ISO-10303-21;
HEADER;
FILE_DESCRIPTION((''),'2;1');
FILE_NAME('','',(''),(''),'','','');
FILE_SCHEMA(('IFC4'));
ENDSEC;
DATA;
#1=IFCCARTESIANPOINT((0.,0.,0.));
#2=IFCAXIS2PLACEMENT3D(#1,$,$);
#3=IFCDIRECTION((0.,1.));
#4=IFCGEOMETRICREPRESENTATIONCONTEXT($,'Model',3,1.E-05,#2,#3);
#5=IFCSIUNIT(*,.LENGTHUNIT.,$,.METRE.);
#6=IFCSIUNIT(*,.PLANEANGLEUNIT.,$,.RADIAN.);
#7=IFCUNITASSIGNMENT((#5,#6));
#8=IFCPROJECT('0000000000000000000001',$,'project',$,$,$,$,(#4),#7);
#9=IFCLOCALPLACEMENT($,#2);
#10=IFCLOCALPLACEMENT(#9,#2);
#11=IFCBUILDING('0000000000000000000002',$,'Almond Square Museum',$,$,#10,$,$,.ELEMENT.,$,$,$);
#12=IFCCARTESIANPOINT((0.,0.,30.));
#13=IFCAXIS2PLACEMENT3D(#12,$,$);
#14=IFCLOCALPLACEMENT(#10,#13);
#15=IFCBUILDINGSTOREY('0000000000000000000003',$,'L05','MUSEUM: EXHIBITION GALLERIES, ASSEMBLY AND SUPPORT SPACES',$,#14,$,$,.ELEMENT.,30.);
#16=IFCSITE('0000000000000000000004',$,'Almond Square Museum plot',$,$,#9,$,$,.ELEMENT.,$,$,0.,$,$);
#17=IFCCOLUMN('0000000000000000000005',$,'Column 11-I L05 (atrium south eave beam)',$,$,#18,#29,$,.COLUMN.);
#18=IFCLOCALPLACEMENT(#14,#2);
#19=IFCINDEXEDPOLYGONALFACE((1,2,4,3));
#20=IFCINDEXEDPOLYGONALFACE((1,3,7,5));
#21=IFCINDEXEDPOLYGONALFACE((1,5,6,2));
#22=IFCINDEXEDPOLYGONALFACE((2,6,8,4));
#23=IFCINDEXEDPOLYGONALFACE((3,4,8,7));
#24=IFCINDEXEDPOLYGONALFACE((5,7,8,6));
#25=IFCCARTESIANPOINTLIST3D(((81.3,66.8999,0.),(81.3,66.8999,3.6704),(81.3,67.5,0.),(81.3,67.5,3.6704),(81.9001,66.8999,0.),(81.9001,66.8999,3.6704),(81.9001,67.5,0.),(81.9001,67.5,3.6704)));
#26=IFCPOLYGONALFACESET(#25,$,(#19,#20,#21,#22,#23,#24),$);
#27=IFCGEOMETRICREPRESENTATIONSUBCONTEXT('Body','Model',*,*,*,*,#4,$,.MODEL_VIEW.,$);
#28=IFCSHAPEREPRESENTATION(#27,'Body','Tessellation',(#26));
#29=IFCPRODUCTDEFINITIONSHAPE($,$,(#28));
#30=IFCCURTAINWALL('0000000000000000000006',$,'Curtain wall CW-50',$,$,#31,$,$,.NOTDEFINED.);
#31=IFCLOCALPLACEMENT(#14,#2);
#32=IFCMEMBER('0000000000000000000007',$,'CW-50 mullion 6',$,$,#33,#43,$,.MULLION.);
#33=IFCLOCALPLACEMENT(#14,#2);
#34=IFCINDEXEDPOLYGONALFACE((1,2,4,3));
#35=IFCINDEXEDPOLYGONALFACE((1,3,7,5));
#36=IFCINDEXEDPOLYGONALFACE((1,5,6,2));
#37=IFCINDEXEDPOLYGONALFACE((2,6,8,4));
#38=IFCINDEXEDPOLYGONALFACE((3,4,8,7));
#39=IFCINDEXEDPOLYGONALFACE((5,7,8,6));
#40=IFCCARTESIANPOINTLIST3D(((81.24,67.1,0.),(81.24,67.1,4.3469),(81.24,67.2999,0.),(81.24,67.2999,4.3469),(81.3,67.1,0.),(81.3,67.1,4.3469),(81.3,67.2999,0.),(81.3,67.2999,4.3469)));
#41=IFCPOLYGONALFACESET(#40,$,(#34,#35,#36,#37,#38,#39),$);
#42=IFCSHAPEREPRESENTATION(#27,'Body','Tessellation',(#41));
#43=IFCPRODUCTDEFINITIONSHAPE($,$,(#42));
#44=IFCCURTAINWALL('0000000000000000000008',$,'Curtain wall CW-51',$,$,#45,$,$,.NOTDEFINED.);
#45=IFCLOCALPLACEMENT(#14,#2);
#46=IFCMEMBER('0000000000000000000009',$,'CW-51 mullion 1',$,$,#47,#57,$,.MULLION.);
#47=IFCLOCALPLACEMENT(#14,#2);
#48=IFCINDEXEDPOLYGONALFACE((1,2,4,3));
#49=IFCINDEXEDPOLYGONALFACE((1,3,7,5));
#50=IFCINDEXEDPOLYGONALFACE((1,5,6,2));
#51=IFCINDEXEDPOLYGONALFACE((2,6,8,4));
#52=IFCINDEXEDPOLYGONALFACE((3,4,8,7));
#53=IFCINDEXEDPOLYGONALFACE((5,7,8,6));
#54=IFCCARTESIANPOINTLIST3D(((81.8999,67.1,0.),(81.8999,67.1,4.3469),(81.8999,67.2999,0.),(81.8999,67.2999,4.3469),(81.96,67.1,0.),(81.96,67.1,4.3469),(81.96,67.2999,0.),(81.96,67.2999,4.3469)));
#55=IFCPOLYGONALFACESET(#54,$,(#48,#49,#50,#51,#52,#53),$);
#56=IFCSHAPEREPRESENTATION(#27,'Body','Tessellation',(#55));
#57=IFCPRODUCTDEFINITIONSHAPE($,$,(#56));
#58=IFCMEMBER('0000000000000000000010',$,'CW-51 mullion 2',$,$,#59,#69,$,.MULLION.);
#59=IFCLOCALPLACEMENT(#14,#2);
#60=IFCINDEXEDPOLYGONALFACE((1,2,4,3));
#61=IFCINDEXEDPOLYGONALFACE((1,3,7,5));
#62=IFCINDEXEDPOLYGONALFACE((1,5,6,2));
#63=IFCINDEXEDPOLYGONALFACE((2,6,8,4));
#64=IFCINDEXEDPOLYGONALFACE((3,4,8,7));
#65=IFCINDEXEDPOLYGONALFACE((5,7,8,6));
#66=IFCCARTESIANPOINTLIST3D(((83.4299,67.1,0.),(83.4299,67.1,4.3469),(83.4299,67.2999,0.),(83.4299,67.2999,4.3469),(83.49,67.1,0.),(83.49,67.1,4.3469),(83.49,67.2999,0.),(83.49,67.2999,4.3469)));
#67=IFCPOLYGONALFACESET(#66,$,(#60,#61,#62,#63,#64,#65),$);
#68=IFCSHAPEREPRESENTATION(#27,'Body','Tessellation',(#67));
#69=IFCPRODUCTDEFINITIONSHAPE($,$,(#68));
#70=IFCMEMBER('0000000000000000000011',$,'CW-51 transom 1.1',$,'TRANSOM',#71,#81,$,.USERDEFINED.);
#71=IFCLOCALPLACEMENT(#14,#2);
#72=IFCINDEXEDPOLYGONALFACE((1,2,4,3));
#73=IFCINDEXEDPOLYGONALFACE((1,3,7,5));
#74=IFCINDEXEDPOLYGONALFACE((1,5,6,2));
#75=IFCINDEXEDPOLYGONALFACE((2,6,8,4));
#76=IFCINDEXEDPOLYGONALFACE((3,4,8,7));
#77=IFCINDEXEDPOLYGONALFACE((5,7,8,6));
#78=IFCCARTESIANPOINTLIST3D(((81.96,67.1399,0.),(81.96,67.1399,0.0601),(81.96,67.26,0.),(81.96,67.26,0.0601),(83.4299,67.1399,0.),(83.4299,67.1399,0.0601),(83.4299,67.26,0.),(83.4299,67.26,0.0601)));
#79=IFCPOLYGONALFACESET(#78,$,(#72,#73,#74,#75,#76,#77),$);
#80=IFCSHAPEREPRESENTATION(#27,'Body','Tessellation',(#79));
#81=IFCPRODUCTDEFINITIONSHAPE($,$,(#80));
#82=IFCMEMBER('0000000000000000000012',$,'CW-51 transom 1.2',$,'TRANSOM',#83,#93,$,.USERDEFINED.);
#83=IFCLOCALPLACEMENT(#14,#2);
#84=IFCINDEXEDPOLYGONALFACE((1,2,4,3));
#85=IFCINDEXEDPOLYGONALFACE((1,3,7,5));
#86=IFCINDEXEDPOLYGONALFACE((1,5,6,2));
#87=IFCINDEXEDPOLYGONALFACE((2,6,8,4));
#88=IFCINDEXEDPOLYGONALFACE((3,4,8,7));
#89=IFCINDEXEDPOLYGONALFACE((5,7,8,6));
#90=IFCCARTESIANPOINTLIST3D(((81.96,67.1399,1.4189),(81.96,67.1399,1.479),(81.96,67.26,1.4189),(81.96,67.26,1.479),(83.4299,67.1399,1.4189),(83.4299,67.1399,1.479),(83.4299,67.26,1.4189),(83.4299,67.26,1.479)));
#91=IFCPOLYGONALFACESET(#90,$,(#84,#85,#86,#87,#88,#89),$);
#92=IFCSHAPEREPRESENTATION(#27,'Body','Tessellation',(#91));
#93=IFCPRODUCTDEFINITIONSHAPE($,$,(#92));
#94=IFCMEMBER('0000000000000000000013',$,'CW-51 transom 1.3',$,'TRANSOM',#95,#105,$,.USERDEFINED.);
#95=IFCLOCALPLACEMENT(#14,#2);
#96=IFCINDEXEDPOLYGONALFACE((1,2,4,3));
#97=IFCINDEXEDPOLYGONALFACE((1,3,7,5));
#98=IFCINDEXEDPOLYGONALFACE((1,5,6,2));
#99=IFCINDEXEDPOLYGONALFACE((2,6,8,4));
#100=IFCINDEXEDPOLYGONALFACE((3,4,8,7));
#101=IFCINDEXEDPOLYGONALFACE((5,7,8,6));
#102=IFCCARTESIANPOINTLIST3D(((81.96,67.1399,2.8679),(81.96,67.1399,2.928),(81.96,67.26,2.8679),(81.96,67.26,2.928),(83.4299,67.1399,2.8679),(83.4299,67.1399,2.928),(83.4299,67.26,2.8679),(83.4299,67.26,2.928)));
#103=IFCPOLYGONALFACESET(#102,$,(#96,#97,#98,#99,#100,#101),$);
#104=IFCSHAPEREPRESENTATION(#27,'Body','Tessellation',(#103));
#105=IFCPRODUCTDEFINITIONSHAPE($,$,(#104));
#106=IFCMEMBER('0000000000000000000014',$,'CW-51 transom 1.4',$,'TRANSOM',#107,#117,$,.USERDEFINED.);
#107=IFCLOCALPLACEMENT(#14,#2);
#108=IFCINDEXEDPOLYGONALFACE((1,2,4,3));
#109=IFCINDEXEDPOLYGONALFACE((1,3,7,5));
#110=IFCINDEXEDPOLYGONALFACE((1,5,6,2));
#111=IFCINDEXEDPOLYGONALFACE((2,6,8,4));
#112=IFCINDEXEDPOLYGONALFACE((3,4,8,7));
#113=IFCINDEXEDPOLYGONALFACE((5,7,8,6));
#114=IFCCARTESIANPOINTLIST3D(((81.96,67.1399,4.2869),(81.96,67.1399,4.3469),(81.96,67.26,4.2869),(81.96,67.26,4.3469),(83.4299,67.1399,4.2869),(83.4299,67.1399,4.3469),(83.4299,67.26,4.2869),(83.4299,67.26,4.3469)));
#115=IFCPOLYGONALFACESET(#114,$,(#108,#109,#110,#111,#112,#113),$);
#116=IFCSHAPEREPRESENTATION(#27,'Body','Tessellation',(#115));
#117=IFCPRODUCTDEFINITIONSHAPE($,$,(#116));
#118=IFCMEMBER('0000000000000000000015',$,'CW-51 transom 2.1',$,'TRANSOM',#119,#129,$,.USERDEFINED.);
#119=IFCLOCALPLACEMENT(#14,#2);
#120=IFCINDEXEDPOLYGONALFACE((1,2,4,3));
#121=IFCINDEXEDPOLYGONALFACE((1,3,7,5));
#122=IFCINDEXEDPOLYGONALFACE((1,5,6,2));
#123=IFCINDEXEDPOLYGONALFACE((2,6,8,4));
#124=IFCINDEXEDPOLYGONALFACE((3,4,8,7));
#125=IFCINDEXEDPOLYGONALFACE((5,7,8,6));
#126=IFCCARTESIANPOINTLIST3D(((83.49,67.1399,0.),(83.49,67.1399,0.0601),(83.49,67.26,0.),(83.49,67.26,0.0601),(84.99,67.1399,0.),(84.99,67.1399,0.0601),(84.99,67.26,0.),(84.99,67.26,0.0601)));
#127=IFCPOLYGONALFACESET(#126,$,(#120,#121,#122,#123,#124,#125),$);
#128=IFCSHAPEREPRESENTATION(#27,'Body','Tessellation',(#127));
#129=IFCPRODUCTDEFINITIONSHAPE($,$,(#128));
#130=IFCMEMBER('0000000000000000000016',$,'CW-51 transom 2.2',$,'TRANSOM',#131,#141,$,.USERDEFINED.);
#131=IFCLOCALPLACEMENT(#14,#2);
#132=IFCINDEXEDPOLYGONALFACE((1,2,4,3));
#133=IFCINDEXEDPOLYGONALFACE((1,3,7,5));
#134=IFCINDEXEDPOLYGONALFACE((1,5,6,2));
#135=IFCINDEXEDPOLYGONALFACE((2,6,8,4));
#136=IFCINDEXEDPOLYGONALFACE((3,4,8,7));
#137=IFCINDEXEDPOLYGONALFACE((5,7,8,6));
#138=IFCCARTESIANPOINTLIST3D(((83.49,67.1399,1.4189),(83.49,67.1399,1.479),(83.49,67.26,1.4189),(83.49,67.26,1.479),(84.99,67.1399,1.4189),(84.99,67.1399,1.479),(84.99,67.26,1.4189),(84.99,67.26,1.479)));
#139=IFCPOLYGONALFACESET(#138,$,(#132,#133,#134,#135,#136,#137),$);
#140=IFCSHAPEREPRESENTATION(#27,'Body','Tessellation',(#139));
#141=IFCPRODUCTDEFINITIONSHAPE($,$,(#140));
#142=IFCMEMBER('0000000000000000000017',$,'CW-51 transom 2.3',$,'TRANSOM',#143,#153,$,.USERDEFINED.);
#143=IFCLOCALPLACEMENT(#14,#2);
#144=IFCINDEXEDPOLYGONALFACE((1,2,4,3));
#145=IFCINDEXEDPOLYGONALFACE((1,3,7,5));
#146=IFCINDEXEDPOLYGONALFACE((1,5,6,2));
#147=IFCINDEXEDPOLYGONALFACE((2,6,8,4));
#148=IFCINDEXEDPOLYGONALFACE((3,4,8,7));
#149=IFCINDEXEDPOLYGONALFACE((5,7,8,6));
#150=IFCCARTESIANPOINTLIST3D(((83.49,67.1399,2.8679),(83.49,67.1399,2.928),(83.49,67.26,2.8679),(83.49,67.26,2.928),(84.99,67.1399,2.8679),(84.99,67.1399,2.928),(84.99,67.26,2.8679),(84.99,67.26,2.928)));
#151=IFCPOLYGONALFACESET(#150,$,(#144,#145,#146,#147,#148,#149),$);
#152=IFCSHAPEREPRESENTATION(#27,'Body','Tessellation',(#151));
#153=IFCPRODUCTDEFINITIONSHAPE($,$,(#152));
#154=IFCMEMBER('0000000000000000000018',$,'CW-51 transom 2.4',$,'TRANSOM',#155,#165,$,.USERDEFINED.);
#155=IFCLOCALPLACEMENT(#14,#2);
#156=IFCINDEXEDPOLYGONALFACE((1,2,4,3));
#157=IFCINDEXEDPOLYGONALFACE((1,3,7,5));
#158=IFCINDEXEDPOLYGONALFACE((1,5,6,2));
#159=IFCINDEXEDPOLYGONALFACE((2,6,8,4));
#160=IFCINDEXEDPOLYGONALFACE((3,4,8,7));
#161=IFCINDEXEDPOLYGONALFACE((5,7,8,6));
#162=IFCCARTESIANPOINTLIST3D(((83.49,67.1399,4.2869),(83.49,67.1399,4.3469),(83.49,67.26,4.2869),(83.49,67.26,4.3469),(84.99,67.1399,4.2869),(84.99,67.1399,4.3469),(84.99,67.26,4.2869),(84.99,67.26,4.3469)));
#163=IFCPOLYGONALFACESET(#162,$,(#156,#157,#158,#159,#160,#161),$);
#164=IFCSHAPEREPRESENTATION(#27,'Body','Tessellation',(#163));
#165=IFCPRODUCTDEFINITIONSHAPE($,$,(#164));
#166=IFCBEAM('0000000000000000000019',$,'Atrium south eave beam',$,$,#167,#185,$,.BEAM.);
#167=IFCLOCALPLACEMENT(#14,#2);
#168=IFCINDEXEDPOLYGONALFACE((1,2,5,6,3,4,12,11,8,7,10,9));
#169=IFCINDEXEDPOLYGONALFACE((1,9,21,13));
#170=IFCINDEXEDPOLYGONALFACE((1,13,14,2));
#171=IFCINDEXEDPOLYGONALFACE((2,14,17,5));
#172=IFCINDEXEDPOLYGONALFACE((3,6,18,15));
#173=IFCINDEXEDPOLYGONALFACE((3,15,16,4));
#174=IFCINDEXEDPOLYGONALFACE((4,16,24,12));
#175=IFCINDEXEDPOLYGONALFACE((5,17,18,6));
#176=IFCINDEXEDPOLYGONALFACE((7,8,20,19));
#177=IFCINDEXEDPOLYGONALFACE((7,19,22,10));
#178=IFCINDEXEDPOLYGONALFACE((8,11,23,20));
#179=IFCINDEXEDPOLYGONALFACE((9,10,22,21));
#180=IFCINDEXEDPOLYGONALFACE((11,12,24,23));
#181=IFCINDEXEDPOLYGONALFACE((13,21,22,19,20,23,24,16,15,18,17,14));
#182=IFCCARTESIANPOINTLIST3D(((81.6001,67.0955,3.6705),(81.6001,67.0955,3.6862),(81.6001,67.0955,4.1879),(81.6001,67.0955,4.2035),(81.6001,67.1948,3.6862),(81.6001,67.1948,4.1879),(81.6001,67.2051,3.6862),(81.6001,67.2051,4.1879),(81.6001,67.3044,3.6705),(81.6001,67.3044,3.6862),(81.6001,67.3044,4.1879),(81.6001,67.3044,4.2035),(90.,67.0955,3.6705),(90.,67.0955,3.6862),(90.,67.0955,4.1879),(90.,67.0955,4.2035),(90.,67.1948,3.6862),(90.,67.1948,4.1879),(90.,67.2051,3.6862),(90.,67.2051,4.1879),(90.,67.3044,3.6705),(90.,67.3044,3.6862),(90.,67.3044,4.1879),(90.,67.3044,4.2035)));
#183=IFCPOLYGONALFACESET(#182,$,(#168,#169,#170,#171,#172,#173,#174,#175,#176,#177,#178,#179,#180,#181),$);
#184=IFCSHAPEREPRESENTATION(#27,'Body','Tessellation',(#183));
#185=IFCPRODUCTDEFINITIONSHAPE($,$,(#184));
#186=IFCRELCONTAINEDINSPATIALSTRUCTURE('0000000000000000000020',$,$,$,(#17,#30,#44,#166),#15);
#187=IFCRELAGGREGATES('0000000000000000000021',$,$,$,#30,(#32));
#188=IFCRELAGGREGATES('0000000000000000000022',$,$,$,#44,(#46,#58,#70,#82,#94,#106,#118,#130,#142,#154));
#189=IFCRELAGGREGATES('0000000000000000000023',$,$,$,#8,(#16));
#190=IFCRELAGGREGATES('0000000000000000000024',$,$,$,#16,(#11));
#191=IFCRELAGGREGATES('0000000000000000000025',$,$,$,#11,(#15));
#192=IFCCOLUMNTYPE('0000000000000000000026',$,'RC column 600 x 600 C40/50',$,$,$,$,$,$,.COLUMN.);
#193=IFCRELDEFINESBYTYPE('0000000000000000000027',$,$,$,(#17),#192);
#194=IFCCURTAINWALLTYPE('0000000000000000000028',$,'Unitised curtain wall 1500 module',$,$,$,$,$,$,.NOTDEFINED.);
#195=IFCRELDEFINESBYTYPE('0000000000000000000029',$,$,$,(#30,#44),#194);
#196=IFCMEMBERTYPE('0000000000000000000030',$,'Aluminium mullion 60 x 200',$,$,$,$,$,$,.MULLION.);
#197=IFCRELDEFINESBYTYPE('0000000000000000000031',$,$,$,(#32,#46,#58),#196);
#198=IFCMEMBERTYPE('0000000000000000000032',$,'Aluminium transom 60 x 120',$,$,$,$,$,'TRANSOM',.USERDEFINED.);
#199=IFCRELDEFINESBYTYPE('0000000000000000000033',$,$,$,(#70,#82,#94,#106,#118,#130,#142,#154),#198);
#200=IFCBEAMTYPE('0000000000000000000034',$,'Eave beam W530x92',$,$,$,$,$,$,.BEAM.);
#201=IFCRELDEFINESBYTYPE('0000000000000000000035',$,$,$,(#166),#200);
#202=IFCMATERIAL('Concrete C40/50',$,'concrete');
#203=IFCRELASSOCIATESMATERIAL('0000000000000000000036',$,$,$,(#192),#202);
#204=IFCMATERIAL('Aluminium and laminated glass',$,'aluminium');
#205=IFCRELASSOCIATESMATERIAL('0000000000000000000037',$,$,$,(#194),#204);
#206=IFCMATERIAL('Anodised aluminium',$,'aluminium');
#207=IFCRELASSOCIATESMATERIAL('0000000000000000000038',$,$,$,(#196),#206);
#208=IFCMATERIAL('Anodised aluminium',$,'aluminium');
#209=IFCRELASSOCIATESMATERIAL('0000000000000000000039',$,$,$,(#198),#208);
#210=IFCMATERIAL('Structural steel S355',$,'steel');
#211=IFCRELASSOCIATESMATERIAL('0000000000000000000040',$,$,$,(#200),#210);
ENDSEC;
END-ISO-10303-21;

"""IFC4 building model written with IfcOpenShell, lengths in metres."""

from ifc_helpers import new_model, si_unit, direction, frame, origin, origin_2d, place, context, subcontext, project, spatial, rectangle, i_section, extrude, material, material_profile, profile_set, type_object, element, aggregate, save


model = new_model("IFC4")

# Units and contexts
model_context = context("Model", 3, precision=1e-05, world=origin(), true_north=direction((0.0, 1.0)))
body_context = subcontext(model_context, "Body", "Model", "MODEL_VIEW")
ifc_project = project(units=[si_unit("LENGTHUNIT", "METRE"), si_unit("PLANEANGLEUNIT", "RADIAN")], contexts=[model_context])

# Site, building, storey
site_placement = place(None, origin())
site = spatial("IfcSite", under=ifc_project, at=site_placement, Name="Almond Square Museum plot", CompositionType="ELEMENT", RefElevation=0.0)
building_placement = place(site_placement, origin())
building = spatial("IfcBuilding", under=site, at=building_placement, Name="Almond Square Museum", CompositionType="ELEMENT")
storey_placement = place(building_placement, frame((0.0, 0.0, 30.0)))
storey = spatial("IfcBuildingStorey", under=building, at=storey_placement, Name="L05", Description="MUSEUM: EXHIBITION GALLERIES, ASSEMBLY AND SUPPORT SPACES", CompositionType="ELEMENT", Elevation=30.0)

# Column
ifc_material_1 = material(Name="Concrete C40/50", Category="concrete")
ifc_material_profile_1 = material_profile(ifc_material_1, rectangle(XDim=0.6001, YDim=0.6001, at=origin_2d()))
ifc_profile_set_1 = profile_set([ifc_material_profile_1], Name="Concrete C40/50")
column_type = type_object("IfcColumnType", Name="RC column 600 x 600 C40/50", PredefinedType="COLUMN", material=ifc_profile_set_1)
column_placement = place(storey_placement, frame((81.6001, 67.2, 0.0), z_axis=(0.0, 0.0, 1.0), x_axis=(1.0, 0.0, 0.0)))
element("IfcColumn", 1, at=column_placement, inside=storey, type_object=column_type, Name="Column 11-I L05 (atrium south eave beam)", PredefinedType="COLUMN", context=body_context, shape_type="SweptSolid", body=[
    extrude(rectangle(XDim=0.6001, YDim=0.6001, at=origin_2d()), origin(), (0.0, 0.0, 1.0), 3.6704),
])

# Curtain wall, member
ifc_material_2 = material(Name="Aluminium and laminated glass", Category="aluminium")
curtain_wall_type = type_object("IfcCurtainWallType", Name="Unitised curtain wall 1500 module", PredefinedType="NOTDEFINED", material=ifc_material_2)
curtain_wall_1_placement = place(storey_placement, origin())
curtain_wall_1 = element("IfcCurtainWall", 2, at=curtain_wall_1_placement, inside=storey, type_object=curtain_wall_type, Name="Curtain wall CW-50", PredefinedType="NOTDEFINED")
ifc_material_3 = material(Name="Anodised aluminium", Category="aluminium")
ifc_material_profile_2 = material_profile(ifc_material_3, rectangle(XDim=0.2, YDim=0.0601, at=origin_2d()))
ifc_profile_set_2 = profile_set([ifc_material_profile_2], Name="Anodised aluminium")
member_type_1 = type_object("IfcMemberType", Name="Aluminium mullion 60 x 200", PredefinedType="MULLION", material=ifc_profile_set_2)
member_1_placement = place(storey_placement, frame((81.27, 67.2, 0.0), z_axis=(0.0, 0.0, 1.0), x_axis=(0.0, 1.0, 0.0)))
member_1 = element("IfcMember", 3, at=member_1_placement, type_object=member_type_1, Name="CW-50 mullion 6", PredefinedType="MULLION", context=body_context, shape_type="SweptSolid", body=[
    extrude(rectangle(XDim=0.2, YDim=0.0601, at=origin_2d()), origin(), (0.0, 0.0, 1.0), 4.3469),
])

# Curtain wall, members
curtain_wall_2_placement = place(storey_placement, origin())
curtain_wall_2 = element("IfcCurtainWall", 4, at=curtain_wall_2_placement, inside=storey, type_object=curtain_wall_type, Name="Curtain wall CW-51", PredefinedType="NOTDEFINED")
member_2_placement = place(storey_placement, frame((81.9299, 67.2, 0.0), z_axis=(0.0, 0.0, 1.0), x_axis=(0.0, 1.0, 0.0)))
member_2 = element("IfcMember", 5, at=member_2_placement, type_object=member_type_1, Name="CW-51 mullion 1", PredefinedType="MULLION", context=body_context, shape_type="SweptSolid", body=[
    extrude(rectangle(XDim=0.2, YDim=0.0601, at=origin_2d()), origin(), (0.0, 0.0, 1.0), 4.3469),
])
member_3_placement = place(storey_placement, frame((83.46, 67.2, 0.0), z_axis=(0.0, 0.0, 1.0), x_axis=(0.0, 1.0, 0.0)))
member_3 = element("IfcMember", 6, at=member_3_placement, type_object=member_type_1, Name="CW-51 mullion 2", PredefinedType="MULLION", context=body_context, shape_type="SweptSolid", body=[
    extrude(rectangle(XDim=0.2, YDim=0.0601, at=origin_2d()), origin(), (0.0, 0.0, 1.0), 4.3469),
])
ifc_material_4 = material(Name="Anodised aluminium", Category="aluminium")
ifc_material_profile_3 = material_profile(ifc_material_4, rectangle(XDim=0.1201, YDim=0.0601, at=origin_2d()))
ifc_profile_set_3 = profile_set([ifc_material_profile_3], Name="Anodised aluminium")
member_type_2 = type_object("IfcMemberType", Name="Aluminium transom 60 x 120", ElementType="TRANSOM", PredefinedType="USERDEFINED", material=ifc_profile_set_3)
member_4_placement = place(storey_placement, frame((81.96, 67.2, 0.03), z_axis=(1.0, 0.0, 0.0), x_axis=(0.0, 1.0, 0.0)))
member_4 = element("IfcMember", 7, at=member_4_placement, type_object=member_type_2, Name="CW-51 transom 1.1", ObjectType="TRANSOM", PredefinedType="USERDEFINED", context=body_context, shape_type="SweptSolid", body=[
    extrude(rectangle(XDim=0.1201, YDim=0.0601, at=origin_2d()), origin(), (0.0, 0.0, 1.0), 1.47),
])
member_5_placement = place(storey_placement, frame((81.96, 67.2, 1.449), z_axis=(1.0, 0.0, 0.0), x_axis=(0.0, 1.0, 0.0)))
member_5 = element("IfcMember", 8, at=member_5_placement, type_object=member_type_2, Name="CW-51 transom 1.2", ObjectType="TRANSOM", PredefinedType="USERDEFINED", context=body_context, shape_type="SweptSolid", body=[
    extrude(rectangle(XDim=0.1201, YDim=0.0601, at=origin_2d()), origin(), (0.0, 0.0, 1.0), 1.47),
])
member_6_placement = place(storey_placement, frame((81.96, 67.2, 2.8979), z_axis=(1.0, 0.0, 0.0), x_axis=(0.0, 1.0, 0.0)))
member_6 = element("IfcMember", 9, at=member_6_placement, type_object=member_type_2, Name="CW-51 transom 1.3", ObjectType="TRANSOM", PredefinedType="USERDEFINED", context=body_context, shape_type="SweptSolid", body=[
    extrude(rectangle(XDim=0.1201, YDim=0.0601, at=origin_2d()), origin(), (0.0, 0.0, 1.0), 1.47),
])
member_7_placement = place(storey_placement, frame((81.96, 67.2, 4.3169), z_axis=(1.0, 0.0, 0.0), x_axis=(0.0, 1.0, 0.0)))
member_7 = element("IfcMember", 10, at=member_7_placement, type_object=member_type_2, Name="CW-51 transom 1.4", ObjectType="TRANSOM", PredefinedType="USERDEFINED", context=body_context, shape_type="SweptSolid", body=[
    extrude(rectangle(XDim=0.1201, YDim=0.0601, at=origin_2d()), origin(), (0.0, 0.0, 1.0), 1.47),
])
member_8_placement = place(storey_placement, frame((83.49, 67.2, 0.03), z_axis=(1.0, 0.0, 0.0), x_axis=(0.0, 1.0, 0.0)))
member_8 = element("IfcMember", 11, at=member_8_placement, type_object=member_type_2, Name="CW-51 transom 2.1", ObjectType="TRANSOM", PredefinedType="USERDEFINED", context=body_context, shape_type="SweptSolid", body=[
    extrude(rectangle(XDim=0.1201, YDim=0.0601, at=origin_2d()), origin(), (0.0, 0.0, 1.0), 1.5),
])
member_9_placement = place(storey_placement, frame((83.49, 67.2, 1.449), z_axis=(1.0, 0.0, 0.0), x_axis=(0.0, 1.0, 0.0)))
member_9 = element("IfcMember", 12, at=member_9_placement, type_object=member_type_2, Name="CW-51 transom 2.2", ObjectType="TRANSOM", PredefinedType="USERDEFINED", context=body_context, shape_type="SweptSolid", body=[
    extrude(rectangle(XDim=0.1201, YDim=0.0601, at=origin_2d()), origin(), (0.0, 0.0, 1.0), 1.5),
])
member_10_placement = place(storey_placement, frame((83.49, 67.2, 2.8979), z_axis=(1.0, 0.0, 0.0), x_axis=(0.0, 1.0, 0.0)))
member_10 = element("IfcMember", 13, at=member_10_placement, type_object=member_type_2, Name="CW-51 transom 2.3", ObjectType="TRANSOM", PredefinedType="USERDEFINED", context=body_context, shape_type="SweptSolid", body=[
    extrude(rectangle(XDim=0.1201, YDim=0.0601, at=origin_2d()), origin(), (0.0, 0.0, 1.0), 1.5),
])
member_11_placement = place(storey_placement, frame((83.49, 67.2, 4.3169), z_axis=(1.0, 0.0, 0.0), x_axis=(0.0, 1.0, 0.0)))
member_11 = element("IfcMember", 14, at=member_11_placement, type_object=member_type_2, Name="CW-51 transom 2.4", ObjectType="TRANSOM", PredefinedType="USERDEFINED", context=body_context, shape_type="SweptSolid", body=[
    extrude(rectangle(XDim=0.1201, YDim=0.0601, at=origin_2d()), origin(), (0.0, 0.0, 1.0), 1.5),
])

# Beam
ifc_material_5 = material(Name="Structural steel S355", Category="steel")
ifc_material_profile_4 = material_profile(ifc_material_5, i_section(OverallWidth=0.209, OverallDepth=0.533, WebThickness=0.0103, FlangeThickness=0.0156, at=origin_2d()))
ifc_profile_set_4 = profile_set([ifc_material_profile_4], Name="Structural steel S355")
beam_type = type_object("IfcBeamType", Name="Eave beam W530x92", PredefinedType="BEAM", material=ifc_profile_set_4)
beam_placement = place(storey_placement, frame((81.6001, 67.2, 3.937), z_axis=(1.0, 0.0, 0.0), x_axis=(0.0, 1.0, 0.0)))
element("IfcBeam", 15, at=beam_placement, inside=storey, type_object=beam_type, Name="Atrium south eave beam", PredefinedType="BEAM", context=body_context, shape_type="SweptSolid", body=[
    extrude(i_section(OverallWidth=0.209, OverallDepth=0.533, WebThickness=0.0103, FlangeThickness=0.0156, at=origin_2d()), origin(), (0.0, 0.0, 1.0), 8.3999),
])

aggregate(curtain_wall_1, [member_1])
aggregate(curtain_wall_2, [member_2, member_3, member_4, member_5, member_6, member_7, member_8, member_9, member_10, member_11])

save(model, "model.ifc")
